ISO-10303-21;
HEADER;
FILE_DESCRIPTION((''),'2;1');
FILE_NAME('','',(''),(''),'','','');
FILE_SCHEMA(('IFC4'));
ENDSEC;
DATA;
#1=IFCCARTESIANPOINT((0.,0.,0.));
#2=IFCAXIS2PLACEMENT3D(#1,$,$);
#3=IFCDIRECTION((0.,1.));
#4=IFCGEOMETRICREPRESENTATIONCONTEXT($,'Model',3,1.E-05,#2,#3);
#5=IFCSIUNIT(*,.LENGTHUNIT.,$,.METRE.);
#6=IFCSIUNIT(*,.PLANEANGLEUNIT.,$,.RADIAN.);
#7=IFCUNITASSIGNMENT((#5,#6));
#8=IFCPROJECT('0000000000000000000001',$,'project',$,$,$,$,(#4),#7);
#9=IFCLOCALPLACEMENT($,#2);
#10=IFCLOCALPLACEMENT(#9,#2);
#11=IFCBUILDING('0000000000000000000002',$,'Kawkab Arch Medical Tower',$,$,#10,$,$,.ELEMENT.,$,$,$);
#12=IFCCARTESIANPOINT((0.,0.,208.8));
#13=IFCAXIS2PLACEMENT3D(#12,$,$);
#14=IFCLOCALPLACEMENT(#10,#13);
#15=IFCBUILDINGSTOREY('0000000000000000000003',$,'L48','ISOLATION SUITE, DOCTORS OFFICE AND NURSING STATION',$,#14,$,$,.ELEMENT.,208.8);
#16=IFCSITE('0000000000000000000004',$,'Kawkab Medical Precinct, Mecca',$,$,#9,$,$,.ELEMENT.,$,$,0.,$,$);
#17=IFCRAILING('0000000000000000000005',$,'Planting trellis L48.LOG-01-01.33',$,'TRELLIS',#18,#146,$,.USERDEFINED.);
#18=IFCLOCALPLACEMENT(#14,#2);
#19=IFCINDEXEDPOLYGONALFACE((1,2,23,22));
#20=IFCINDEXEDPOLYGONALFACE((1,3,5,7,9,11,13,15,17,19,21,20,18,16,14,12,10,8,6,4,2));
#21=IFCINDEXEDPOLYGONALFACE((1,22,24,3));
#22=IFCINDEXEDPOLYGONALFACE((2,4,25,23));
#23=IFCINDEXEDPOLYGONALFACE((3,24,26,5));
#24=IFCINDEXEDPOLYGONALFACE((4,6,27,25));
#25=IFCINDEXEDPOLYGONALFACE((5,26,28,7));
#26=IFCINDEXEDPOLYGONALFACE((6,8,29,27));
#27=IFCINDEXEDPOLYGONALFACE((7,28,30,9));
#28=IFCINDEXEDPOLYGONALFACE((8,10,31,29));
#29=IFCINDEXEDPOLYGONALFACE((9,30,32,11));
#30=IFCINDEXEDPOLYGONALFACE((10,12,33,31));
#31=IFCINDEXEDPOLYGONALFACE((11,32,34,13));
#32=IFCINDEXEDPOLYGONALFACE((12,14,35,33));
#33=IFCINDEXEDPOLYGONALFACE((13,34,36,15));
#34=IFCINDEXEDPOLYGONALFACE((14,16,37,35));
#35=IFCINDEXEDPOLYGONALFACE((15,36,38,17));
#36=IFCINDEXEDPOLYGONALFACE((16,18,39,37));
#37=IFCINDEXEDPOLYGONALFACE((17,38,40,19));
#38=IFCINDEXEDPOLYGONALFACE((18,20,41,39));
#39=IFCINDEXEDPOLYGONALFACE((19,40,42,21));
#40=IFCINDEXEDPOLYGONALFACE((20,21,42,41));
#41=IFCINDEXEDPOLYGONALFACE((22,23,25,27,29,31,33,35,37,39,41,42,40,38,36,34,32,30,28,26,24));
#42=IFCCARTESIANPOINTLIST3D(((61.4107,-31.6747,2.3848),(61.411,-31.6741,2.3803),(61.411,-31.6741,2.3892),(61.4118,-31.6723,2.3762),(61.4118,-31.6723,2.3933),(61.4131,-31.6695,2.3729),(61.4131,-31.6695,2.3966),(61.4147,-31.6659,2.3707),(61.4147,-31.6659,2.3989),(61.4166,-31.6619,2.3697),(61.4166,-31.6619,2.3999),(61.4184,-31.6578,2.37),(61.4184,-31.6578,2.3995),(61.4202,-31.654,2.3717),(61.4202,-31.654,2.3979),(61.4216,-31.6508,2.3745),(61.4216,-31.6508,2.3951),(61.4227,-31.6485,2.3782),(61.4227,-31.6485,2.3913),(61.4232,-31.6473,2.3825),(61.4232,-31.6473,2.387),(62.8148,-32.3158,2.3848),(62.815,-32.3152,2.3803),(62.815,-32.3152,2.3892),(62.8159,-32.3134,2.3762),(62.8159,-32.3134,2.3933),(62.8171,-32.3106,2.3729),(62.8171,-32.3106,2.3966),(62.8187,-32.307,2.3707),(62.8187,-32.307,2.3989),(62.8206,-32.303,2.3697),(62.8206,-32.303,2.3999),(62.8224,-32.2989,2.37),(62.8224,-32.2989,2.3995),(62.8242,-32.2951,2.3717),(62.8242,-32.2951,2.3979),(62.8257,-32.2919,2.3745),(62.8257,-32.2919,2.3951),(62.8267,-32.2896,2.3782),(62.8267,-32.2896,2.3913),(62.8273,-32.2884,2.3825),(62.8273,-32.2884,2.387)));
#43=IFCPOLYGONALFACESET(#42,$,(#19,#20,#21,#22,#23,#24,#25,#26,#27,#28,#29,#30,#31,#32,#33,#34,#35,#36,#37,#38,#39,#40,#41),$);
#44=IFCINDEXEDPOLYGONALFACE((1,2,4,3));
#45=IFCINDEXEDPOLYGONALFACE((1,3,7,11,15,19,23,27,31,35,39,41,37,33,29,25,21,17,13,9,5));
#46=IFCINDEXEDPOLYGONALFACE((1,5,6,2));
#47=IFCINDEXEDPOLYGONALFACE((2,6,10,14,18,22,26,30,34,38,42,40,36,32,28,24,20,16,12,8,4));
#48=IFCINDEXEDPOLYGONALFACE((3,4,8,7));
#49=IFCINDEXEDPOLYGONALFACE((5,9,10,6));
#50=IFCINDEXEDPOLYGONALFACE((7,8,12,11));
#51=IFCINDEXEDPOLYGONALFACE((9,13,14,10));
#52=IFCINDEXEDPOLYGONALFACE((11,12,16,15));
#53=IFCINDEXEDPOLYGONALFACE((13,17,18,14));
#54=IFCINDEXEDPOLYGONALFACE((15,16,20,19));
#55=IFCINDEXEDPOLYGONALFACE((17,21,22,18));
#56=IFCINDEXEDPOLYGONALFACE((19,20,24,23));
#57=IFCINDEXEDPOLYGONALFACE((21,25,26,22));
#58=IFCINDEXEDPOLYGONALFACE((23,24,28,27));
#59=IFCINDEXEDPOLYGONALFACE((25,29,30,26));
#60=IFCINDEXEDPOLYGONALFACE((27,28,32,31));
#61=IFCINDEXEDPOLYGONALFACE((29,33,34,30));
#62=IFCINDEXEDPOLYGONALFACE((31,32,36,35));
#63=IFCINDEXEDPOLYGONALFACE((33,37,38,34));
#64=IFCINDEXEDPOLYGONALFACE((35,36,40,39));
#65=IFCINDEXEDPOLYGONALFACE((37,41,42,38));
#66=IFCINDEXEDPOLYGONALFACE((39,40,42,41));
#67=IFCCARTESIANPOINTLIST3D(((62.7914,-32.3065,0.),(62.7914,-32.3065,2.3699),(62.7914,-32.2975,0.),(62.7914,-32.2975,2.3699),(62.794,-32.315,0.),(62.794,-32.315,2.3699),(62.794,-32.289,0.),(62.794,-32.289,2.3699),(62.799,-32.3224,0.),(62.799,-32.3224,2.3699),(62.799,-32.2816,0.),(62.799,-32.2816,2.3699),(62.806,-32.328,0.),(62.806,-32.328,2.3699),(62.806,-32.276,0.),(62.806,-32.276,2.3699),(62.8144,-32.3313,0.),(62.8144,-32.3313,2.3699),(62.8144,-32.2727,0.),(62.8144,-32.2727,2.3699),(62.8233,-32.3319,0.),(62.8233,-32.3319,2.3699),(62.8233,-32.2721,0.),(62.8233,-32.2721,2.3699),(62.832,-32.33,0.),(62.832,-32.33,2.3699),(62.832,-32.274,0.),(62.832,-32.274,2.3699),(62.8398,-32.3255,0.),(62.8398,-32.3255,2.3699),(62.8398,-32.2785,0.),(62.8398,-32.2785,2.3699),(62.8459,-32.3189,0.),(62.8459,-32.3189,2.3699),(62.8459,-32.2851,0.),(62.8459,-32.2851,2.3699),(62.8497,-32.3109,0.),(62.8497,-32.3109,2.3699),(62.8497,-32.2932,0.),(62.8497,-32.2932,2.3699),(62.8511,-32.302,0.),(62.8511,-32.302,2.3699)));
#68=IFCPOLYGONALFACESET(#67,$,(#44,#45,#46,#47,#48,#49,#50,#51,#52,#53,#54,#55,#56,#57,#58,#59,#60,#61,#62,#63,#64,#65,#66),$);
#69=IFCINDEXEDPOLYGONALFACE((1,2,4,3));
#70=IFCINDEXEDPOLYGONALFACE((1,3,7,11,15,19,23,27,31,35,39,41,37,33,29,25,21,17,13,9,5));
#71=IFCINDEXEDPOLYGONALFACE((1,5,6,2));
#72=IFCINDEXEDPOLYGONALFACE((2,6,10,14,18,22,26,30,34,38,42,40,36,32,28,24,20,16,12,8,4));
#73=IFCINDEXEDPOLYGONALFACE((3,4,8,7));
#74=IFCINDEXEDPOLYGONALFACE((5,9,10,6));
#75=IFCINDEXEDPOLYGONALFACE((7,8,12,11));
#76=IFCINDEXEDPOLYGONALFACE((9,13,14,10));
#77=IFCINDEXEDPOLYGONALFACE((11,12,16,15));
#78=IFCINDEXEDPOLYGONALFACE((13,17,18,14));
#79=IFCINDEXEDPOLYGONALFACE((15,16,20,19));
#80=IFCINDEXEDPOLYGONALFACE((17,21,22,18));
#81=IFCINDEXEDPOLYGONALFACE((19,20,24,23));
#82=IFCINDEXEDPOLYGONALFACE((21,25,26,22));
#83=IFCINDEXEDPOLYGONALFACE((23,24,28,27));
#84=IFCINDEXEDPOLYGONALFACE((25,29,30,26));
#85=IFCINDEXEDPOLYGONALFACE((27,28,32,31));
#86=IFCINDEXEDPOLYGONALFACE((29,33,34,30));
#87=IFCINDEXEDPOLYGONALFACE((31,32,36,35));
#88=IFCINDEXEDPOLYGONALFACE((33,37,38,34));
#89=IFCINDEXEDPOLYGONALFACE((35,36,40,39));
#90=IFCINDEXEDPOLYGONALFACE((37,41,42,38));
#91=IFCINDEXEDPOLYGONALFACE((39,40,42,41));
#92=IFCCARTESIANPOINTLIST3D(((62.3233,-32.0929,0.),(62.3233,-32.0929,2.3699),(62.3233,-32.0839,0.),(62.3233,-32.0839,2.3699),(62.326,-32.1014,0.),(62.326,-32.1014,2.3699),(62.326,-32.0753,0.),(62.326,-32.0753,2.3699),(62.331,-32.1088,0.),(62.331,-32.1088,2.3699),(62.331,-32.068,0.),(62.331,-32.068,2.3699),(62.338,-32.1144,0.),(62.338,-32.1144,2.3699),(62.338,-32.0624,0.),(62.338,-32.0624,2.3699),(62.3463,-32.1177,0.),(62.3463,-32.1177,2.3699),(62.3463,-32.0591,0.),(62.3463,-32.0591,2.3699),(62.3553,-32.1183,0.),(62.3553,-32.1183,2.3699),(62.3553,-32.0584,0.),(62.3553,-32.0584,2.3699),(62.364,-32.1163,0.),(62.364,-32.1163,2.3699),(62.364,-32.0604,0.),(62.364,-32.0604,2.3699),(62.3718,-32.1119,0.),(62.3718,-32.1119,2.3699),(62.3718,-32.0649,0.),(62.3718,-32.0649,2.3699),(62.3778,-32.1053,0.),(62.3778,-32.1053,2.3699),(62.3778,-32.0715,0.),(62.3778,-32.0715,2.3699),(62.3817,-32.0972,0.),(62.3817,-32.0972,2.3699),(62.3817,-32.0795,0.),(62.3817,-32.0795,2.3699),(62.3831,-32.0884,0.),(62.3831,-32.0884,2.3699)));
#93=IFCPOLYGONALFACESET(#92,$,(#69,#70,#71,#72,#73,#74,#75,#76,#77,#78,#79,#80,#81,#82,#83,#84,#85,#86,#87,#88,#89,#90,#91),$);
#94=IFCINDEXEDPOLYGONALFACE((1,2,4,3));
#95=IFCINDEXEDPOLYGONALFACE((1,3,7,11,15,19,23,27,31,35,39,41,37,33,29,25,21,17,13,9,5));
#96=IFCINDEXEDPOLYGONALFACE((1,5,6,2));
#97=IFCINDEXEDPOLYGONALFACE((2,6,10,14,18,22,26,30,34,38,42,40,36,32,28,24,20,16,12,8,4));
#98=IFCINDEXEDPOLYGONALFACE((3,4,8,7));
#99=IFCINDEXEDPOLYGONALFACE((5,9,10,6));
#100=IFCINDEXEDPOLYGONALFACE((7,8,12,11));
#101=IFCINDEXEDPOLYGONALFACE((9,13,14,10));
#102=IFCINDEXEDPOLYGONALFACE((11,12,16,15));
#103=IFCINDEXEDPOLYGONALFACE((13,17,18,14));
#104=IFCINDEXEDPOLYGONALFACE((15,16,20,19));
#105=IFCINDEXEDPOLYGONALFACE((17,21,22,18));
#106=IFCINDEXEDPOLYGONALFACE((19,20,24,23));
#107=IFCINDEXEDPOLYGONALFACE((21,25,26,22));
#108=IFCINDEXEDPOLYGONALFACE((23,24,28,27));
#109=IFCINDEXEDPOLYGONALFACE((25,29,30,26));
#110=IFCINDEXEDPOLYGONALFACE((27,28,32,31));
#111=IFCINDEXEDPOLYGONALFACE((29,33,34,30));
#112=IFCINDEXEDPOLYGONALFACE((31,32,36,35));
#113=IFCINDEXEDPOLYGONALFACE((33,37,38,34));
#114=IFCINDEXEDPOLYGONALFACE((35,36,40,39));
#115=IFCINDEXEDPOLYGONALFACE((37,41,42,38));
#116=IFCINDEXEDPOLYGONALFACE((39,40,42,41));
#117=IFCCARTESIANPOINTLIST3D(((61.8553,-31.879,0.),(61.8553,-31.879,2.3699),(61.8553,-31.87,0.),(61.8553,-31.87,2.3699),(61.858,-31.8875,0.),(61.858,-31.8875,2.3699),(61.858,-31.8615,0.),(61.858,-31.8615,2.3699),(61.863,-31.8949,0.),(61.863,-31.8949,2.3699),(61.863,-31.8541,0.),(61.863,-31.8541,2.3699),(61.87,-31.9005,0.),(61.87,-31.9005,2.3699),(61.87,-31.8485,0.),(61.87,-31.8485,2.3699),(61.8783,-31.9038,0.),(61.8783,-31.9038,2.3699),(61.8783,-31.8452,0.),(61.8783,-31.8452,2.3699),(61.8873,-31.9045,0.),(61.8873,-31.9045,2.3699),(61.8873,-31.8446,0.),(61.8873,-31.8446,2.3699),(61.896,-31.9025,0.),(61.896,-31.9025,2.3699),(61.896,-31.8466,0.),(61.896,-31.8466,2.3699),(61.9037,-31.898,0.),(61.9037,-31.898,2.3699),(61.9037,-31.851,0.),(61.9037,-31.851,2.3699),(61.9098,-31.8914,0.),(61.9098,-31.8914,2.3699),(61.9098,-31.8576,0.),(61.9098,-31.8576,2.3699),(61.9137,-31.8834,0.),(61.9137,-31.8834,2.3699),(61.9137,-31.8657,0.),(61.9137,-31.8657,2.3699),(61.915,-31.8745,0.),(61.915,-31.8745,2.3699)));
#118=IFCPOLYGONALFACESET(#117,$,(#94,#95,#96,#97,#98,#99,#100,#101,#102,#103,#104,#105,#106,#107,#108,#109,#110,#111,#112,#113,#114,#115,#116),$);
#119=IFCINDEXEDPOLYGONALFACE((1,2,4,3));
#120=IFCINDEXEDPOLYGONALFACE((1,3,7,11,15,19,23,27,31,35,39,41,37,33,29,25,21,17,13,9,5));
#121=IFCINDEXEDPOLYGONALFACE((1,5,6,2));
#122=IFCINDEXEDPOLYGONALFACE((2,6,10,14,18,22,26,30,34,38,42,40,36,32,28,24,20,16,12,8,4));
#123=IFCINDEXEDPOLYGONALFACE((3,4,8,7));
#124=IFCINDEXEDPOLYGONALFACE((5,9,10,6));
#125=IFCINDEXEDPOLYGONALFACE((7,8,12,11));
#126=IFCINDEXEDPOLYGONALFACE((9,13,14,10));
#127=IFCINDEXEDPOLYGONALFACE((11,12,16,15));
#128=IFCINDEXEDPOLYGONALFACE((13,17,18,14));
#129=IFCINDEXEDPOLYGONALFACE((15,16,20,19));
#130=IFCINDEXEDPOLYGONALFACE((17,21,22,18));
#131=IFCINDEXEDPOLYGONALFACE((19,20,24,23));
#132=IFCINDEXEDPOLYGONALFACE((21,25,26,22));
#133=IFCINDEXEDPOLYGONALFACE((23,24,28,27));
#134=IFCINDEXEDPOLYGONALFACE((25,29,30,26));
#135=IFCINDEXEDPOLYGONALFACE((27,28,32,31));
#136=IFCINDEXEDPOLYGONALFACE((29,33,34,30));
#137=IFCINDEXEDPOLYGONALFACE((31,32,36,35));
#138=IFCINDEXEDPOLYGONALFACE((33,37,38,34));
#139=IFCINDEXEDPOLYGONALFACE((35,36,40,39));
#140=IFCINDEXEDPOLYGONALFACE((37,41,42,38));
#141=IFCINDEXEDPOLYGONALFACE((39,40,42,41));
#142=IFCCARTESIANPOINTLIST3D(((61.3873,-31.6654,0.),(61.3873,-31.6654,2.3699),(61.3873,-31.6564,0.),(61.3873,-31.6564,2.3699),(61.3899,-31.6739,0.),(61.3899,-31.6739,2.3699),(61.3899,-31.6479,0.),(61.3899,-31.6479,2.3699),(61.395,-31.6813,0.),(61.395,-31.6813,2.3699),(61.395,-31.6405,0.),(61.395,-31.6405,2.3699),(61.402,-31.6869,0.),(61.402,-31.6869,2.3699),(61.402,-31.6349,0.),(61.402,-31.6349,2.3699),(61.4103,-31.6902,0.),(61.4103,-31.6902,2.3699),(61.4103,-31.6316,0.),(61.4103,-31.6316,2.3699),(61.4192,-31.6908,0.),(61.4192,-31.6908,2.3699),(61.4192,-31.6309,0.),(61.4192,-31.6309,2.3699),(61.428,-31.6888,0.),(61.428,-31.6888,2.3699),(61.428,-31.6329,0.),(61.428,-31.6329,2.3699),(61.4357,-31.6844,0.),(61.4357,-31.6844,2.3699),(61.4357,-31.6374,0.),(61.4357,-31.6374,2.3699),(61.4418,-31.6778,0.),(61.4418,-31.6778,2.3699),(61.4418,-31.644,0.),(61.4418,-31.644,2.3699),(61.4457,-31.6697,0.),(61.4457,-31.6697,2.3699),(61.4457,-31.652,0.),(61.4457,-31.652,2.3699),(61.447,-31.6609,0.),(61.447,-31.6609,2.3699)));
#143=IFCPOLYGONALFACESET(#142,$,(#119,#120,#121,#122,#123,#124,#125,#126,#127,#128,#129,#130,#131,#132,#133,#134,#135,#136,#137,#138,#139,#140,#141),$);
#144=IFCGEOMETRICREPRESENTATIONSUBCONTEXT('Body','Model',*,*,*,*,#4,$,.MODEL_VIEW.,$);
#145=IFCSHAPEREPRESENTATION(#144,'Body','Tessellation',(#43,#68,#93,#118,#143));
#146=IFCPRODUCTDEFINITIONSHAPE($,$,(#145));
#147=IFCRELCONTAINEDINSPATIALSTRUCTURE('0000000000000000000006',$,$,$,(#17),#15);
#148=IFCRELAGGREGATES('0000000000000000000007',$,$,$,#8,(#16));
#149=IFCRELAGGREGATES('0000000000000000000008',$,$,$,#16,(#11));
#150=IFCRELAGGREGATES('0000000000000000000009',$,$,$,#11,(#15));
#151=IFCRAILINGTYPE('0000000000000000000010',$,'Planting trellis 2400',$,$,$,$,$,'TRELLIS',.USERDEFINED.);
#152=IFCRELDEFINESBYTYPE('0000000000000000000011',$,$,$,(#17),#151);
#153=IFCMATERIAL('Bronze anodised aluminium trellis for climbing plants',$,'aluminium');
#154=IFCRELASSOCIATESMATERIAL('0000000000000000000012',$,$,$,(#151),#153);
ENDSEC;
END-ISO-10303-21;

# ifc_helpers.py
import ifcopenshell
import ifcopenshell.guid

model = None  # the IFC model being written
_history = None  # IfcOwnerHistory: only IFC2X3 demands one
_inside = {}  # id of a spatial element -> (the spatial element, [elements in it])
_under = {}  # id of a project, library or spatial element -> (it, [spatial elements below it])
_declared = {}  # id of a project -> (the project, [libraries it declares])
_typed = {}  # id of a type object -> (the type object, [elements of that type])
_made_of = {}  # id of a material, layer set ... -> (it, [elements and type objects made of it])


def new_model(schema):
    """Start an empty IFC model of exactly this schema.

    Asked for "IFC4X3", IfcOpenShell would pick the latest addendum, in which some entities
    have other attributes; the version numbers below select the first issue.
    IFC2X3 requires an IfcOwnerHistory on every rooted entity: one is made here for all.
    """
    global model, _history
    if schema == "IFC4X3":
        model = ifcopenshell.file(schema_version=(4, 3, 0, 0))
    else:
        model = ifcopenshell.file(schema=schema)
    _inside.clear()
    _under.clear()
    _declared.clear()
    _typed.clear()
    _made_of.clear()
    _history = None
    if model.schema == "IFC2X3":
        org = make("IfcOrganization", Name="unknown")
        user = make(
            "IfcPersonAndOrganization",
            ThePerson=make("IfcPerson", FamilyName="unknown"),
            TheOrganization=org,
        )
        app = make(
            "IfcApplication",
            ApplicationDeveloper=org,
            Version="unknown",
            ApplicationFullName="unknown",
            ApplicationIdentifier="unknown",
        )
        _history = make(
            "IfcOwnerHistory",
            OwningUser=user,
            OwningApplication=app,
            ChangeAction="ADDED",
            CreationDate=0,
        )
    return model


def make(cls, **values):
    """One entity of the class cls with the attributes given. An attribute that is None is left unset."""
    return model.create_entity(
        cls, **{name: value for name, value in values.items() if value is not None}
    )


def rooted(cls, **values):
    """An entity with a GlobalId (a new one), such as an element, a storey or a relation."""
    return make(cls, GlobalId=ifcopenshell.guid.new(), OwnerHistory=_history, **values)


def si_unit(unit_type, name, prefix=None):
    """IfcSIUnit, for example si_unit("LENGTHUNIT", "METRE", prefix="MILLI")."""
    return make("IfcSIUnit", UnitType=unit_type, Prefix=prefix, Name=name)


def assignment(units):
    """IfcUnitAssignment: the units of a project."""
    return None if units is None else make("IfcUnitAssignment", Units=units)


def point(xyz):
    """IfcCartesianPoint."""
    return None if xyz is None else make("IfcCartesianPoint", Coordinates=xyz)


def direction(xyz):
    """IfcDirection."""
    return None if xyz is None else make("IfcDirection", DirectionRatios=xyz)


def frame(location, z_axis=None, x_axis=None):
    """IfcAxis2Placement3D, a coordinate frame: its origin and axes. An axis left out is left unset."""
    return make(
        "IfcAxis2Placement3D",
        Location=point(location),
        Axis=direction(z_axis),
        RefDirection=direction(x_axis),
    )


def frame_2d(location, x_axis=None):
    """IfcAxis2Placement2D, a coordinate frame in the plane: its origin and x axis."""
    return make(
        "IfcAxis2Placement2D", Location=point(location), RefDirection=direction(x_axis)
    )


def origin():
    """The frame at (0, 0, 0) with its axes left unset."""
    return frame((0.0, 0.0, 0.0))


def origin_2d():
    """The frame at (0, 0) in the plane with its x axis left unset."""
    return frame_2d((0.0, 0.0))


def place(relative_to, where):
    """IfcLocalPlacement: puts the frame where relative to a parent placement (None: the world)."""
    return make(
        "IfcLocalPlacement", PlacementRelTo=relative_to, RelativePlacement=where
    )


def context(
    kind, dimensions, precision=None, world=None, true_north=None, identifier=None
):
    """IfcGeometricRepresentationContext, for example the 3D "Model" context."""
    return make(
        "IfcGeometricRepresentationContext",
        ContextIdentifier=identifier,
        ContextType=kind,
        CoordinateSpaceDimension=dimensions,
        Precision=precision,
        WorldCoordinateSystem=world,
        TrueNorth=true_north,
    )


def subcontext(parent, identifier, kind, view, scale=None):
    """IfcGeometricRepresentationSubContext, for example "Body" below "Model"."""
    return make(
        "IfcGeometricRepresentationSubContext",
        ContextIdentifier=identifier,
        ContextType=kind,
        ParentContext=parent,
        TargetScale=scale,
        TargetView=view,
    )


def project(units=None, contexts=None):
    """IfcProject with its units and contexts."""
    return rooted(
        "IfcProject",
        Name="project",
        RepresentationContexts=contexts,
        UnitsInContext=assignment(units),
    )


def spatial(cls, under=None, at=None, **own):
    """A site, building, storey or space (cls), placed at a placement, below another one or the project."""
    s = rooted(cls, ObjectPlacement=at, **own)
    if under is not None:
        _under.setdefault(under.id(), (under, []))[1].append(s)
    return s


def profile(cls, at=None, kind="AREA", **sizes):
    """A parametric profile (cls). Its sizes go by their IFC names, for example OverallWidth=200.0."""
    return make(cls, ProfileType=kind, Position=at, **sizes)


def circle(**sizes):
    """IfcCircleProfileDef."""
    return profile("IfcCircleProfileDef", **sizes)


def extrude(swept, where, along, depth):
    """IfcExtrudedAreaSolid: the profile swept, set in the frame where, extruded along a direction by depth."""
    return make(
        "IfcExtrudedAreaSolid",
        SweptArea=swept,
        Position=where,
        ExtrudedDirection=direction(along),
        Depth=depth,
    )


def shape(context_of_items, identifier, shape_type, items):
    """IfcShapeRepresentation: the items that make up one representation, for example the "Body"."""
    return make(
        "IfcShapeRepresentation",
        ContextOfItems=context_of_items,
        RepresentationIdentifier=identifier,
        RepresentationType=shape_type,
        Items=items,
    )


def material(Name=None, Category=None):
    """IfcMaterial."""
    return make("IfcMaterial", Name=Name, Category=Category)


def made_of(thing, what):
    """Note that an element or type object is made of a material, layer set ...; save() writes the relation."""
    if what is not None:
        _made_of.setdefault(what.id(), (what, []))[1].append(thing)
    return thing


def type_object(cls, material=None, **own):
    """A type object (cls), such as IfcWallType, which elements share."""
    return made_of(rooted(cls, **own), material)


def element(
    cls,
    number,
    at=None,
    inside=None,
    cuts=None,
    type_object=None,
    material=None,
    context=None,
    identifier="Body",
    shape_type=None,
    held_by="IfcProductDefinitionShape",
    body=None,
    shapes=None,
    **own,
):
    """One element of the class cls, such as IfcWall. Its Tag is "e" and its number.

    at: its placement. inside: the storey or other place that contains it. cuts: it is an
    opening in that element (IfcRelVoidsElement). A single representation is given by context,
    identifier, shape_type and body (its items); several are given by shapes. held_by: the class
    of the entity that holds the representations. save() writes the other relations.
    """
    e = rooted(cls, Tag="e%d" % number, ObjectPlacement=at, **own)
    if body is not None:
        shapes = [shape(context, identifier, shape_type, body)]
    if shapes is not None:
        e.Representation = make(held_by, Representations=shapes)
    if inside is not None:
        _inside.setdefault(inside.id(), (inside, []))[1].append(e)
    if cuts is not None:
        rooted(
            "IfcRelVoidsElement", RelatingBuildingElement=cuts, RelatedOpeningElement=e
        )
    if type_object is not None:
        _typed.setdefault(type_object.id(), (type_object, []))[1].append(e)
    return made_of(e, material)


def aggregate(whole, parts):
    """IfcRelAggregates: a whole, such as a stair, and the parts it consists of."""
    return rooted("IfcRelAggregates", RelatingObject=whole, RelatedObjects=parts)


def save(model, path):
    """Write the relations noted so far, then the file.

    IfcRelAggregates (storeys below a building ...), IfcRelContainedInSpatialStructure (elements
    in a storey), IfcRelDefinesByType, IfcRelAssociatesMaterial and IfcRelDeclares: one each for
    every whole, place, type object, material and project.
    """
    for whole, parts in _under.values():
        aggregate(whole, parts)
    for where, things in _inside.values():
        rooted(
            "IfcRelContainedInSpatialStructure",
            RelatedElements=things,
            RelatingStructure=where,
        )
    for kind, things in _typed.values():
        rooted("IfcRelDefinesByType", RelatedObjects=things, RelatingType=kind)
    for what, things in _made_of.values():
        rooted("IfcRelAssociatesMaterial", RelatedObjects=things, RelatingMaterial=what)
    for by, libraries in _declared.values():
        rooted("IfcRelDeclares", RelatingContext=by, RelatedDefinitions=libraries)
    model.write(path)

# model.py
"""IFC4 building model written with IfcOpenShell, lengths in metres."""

from ifc_helpers import new_model, si_unit, direction, frame, origin, origin_2d, place, context, subcontext, project, spatial, circle, extrude, material, type_object, element, save


model = new_model("IFC4")

# Units and contexts
model_context = context("Model", 3, precision=1e-05, world=origin(), true_north=direction((0.0, 1.0)))
body_context = subcontext(model_context, "Body", "Model", "MODEL_VIEW")
ifc_project = project(units=[si_unit("LENGTHUNIT", "METRE"), si_unit("PLANEANGLEUNIT", "RADIAN")], contexts=[model_context])

# Site, building, storey
site_placement = place(None, origin())
site = spatial("IfcSite", under=ifc_project, at=site_placement, Name="Kawkab Medical Precinct, Mecca", CompositionType="ELEMENT", RefElevation=0.0)
building_placement = place(site_placement, origin())
building = spatial("IfcBuilding", under=site, at=building_placement, Name="Kawkab Arch Medical Tower", CompositionType="ELEMENT")
storey_placement = place(building_placement, frame((0.0, 0.0, 208.8)))
storey = spatial("IfcBuildingStorey", under=building, at=storey_placement, Name="L48", Description="ISOLATION SUITE, DOCTORS OFFICE AND NURSING STATION", CompositionType="ELEMENT", Elevation=208.8)

# Railing
ifc_material_1 = material(Name="Bronze anodised aluminium trellis for climbing plants", Category="aluminium")
railing_type = type_object("IfcRailingType", Name="Planting trellis 2400", ElementType="TRELLIS", PredefinedType="USERDEFINED", material=ifc_material_1)
railing_1_placement = place(storey_placement, frame((62.821, -32.302, 0.0)))
element("IfcRailing", 1, at=railing_1_placement, inside=storey, type_object=railing_type, Name="Planting trellis L48.LOG-01-01.33", ObjectType="TRELLIS", PredefinedType="USERDEFINED", context=body_context, shape_type="SweptSolid", body=[
    extrude(circle(Radius=0.0151, at=origin_2d()), frame((0.0, 0.0, 2.3848), z_axis=(-0.909656, 0.415363, 0.0), x_axis=(-0.415363, -0.909656, 0.0)), (0.0, 0.0, 1.0), 1.5435),
    extrude(circle(Radius=0.03, at=origin_2d()), origin(), (0.0, 0.0, 1.0), 2.3699),
    extrude(circle(Radius=0.03, at=origin_2d()), frame((-0.468, 0.2136, 0.0)), (0.0, 0.0, 1.0), 2.3699),
    extrude(circle(Radius=0.03, at=origin_2d()), frame((-0.936, 0.4275, 0.0)), (0.0, 0.0, 1.0), 2.3699),
    extrude(circle(Radius=0.03, at=origin_2d()), frame((-1.4041, 0.6411, 0.0)), (0.0, 0.0, 1.0), 2.3699),
])

save(model, "model.ifc")
